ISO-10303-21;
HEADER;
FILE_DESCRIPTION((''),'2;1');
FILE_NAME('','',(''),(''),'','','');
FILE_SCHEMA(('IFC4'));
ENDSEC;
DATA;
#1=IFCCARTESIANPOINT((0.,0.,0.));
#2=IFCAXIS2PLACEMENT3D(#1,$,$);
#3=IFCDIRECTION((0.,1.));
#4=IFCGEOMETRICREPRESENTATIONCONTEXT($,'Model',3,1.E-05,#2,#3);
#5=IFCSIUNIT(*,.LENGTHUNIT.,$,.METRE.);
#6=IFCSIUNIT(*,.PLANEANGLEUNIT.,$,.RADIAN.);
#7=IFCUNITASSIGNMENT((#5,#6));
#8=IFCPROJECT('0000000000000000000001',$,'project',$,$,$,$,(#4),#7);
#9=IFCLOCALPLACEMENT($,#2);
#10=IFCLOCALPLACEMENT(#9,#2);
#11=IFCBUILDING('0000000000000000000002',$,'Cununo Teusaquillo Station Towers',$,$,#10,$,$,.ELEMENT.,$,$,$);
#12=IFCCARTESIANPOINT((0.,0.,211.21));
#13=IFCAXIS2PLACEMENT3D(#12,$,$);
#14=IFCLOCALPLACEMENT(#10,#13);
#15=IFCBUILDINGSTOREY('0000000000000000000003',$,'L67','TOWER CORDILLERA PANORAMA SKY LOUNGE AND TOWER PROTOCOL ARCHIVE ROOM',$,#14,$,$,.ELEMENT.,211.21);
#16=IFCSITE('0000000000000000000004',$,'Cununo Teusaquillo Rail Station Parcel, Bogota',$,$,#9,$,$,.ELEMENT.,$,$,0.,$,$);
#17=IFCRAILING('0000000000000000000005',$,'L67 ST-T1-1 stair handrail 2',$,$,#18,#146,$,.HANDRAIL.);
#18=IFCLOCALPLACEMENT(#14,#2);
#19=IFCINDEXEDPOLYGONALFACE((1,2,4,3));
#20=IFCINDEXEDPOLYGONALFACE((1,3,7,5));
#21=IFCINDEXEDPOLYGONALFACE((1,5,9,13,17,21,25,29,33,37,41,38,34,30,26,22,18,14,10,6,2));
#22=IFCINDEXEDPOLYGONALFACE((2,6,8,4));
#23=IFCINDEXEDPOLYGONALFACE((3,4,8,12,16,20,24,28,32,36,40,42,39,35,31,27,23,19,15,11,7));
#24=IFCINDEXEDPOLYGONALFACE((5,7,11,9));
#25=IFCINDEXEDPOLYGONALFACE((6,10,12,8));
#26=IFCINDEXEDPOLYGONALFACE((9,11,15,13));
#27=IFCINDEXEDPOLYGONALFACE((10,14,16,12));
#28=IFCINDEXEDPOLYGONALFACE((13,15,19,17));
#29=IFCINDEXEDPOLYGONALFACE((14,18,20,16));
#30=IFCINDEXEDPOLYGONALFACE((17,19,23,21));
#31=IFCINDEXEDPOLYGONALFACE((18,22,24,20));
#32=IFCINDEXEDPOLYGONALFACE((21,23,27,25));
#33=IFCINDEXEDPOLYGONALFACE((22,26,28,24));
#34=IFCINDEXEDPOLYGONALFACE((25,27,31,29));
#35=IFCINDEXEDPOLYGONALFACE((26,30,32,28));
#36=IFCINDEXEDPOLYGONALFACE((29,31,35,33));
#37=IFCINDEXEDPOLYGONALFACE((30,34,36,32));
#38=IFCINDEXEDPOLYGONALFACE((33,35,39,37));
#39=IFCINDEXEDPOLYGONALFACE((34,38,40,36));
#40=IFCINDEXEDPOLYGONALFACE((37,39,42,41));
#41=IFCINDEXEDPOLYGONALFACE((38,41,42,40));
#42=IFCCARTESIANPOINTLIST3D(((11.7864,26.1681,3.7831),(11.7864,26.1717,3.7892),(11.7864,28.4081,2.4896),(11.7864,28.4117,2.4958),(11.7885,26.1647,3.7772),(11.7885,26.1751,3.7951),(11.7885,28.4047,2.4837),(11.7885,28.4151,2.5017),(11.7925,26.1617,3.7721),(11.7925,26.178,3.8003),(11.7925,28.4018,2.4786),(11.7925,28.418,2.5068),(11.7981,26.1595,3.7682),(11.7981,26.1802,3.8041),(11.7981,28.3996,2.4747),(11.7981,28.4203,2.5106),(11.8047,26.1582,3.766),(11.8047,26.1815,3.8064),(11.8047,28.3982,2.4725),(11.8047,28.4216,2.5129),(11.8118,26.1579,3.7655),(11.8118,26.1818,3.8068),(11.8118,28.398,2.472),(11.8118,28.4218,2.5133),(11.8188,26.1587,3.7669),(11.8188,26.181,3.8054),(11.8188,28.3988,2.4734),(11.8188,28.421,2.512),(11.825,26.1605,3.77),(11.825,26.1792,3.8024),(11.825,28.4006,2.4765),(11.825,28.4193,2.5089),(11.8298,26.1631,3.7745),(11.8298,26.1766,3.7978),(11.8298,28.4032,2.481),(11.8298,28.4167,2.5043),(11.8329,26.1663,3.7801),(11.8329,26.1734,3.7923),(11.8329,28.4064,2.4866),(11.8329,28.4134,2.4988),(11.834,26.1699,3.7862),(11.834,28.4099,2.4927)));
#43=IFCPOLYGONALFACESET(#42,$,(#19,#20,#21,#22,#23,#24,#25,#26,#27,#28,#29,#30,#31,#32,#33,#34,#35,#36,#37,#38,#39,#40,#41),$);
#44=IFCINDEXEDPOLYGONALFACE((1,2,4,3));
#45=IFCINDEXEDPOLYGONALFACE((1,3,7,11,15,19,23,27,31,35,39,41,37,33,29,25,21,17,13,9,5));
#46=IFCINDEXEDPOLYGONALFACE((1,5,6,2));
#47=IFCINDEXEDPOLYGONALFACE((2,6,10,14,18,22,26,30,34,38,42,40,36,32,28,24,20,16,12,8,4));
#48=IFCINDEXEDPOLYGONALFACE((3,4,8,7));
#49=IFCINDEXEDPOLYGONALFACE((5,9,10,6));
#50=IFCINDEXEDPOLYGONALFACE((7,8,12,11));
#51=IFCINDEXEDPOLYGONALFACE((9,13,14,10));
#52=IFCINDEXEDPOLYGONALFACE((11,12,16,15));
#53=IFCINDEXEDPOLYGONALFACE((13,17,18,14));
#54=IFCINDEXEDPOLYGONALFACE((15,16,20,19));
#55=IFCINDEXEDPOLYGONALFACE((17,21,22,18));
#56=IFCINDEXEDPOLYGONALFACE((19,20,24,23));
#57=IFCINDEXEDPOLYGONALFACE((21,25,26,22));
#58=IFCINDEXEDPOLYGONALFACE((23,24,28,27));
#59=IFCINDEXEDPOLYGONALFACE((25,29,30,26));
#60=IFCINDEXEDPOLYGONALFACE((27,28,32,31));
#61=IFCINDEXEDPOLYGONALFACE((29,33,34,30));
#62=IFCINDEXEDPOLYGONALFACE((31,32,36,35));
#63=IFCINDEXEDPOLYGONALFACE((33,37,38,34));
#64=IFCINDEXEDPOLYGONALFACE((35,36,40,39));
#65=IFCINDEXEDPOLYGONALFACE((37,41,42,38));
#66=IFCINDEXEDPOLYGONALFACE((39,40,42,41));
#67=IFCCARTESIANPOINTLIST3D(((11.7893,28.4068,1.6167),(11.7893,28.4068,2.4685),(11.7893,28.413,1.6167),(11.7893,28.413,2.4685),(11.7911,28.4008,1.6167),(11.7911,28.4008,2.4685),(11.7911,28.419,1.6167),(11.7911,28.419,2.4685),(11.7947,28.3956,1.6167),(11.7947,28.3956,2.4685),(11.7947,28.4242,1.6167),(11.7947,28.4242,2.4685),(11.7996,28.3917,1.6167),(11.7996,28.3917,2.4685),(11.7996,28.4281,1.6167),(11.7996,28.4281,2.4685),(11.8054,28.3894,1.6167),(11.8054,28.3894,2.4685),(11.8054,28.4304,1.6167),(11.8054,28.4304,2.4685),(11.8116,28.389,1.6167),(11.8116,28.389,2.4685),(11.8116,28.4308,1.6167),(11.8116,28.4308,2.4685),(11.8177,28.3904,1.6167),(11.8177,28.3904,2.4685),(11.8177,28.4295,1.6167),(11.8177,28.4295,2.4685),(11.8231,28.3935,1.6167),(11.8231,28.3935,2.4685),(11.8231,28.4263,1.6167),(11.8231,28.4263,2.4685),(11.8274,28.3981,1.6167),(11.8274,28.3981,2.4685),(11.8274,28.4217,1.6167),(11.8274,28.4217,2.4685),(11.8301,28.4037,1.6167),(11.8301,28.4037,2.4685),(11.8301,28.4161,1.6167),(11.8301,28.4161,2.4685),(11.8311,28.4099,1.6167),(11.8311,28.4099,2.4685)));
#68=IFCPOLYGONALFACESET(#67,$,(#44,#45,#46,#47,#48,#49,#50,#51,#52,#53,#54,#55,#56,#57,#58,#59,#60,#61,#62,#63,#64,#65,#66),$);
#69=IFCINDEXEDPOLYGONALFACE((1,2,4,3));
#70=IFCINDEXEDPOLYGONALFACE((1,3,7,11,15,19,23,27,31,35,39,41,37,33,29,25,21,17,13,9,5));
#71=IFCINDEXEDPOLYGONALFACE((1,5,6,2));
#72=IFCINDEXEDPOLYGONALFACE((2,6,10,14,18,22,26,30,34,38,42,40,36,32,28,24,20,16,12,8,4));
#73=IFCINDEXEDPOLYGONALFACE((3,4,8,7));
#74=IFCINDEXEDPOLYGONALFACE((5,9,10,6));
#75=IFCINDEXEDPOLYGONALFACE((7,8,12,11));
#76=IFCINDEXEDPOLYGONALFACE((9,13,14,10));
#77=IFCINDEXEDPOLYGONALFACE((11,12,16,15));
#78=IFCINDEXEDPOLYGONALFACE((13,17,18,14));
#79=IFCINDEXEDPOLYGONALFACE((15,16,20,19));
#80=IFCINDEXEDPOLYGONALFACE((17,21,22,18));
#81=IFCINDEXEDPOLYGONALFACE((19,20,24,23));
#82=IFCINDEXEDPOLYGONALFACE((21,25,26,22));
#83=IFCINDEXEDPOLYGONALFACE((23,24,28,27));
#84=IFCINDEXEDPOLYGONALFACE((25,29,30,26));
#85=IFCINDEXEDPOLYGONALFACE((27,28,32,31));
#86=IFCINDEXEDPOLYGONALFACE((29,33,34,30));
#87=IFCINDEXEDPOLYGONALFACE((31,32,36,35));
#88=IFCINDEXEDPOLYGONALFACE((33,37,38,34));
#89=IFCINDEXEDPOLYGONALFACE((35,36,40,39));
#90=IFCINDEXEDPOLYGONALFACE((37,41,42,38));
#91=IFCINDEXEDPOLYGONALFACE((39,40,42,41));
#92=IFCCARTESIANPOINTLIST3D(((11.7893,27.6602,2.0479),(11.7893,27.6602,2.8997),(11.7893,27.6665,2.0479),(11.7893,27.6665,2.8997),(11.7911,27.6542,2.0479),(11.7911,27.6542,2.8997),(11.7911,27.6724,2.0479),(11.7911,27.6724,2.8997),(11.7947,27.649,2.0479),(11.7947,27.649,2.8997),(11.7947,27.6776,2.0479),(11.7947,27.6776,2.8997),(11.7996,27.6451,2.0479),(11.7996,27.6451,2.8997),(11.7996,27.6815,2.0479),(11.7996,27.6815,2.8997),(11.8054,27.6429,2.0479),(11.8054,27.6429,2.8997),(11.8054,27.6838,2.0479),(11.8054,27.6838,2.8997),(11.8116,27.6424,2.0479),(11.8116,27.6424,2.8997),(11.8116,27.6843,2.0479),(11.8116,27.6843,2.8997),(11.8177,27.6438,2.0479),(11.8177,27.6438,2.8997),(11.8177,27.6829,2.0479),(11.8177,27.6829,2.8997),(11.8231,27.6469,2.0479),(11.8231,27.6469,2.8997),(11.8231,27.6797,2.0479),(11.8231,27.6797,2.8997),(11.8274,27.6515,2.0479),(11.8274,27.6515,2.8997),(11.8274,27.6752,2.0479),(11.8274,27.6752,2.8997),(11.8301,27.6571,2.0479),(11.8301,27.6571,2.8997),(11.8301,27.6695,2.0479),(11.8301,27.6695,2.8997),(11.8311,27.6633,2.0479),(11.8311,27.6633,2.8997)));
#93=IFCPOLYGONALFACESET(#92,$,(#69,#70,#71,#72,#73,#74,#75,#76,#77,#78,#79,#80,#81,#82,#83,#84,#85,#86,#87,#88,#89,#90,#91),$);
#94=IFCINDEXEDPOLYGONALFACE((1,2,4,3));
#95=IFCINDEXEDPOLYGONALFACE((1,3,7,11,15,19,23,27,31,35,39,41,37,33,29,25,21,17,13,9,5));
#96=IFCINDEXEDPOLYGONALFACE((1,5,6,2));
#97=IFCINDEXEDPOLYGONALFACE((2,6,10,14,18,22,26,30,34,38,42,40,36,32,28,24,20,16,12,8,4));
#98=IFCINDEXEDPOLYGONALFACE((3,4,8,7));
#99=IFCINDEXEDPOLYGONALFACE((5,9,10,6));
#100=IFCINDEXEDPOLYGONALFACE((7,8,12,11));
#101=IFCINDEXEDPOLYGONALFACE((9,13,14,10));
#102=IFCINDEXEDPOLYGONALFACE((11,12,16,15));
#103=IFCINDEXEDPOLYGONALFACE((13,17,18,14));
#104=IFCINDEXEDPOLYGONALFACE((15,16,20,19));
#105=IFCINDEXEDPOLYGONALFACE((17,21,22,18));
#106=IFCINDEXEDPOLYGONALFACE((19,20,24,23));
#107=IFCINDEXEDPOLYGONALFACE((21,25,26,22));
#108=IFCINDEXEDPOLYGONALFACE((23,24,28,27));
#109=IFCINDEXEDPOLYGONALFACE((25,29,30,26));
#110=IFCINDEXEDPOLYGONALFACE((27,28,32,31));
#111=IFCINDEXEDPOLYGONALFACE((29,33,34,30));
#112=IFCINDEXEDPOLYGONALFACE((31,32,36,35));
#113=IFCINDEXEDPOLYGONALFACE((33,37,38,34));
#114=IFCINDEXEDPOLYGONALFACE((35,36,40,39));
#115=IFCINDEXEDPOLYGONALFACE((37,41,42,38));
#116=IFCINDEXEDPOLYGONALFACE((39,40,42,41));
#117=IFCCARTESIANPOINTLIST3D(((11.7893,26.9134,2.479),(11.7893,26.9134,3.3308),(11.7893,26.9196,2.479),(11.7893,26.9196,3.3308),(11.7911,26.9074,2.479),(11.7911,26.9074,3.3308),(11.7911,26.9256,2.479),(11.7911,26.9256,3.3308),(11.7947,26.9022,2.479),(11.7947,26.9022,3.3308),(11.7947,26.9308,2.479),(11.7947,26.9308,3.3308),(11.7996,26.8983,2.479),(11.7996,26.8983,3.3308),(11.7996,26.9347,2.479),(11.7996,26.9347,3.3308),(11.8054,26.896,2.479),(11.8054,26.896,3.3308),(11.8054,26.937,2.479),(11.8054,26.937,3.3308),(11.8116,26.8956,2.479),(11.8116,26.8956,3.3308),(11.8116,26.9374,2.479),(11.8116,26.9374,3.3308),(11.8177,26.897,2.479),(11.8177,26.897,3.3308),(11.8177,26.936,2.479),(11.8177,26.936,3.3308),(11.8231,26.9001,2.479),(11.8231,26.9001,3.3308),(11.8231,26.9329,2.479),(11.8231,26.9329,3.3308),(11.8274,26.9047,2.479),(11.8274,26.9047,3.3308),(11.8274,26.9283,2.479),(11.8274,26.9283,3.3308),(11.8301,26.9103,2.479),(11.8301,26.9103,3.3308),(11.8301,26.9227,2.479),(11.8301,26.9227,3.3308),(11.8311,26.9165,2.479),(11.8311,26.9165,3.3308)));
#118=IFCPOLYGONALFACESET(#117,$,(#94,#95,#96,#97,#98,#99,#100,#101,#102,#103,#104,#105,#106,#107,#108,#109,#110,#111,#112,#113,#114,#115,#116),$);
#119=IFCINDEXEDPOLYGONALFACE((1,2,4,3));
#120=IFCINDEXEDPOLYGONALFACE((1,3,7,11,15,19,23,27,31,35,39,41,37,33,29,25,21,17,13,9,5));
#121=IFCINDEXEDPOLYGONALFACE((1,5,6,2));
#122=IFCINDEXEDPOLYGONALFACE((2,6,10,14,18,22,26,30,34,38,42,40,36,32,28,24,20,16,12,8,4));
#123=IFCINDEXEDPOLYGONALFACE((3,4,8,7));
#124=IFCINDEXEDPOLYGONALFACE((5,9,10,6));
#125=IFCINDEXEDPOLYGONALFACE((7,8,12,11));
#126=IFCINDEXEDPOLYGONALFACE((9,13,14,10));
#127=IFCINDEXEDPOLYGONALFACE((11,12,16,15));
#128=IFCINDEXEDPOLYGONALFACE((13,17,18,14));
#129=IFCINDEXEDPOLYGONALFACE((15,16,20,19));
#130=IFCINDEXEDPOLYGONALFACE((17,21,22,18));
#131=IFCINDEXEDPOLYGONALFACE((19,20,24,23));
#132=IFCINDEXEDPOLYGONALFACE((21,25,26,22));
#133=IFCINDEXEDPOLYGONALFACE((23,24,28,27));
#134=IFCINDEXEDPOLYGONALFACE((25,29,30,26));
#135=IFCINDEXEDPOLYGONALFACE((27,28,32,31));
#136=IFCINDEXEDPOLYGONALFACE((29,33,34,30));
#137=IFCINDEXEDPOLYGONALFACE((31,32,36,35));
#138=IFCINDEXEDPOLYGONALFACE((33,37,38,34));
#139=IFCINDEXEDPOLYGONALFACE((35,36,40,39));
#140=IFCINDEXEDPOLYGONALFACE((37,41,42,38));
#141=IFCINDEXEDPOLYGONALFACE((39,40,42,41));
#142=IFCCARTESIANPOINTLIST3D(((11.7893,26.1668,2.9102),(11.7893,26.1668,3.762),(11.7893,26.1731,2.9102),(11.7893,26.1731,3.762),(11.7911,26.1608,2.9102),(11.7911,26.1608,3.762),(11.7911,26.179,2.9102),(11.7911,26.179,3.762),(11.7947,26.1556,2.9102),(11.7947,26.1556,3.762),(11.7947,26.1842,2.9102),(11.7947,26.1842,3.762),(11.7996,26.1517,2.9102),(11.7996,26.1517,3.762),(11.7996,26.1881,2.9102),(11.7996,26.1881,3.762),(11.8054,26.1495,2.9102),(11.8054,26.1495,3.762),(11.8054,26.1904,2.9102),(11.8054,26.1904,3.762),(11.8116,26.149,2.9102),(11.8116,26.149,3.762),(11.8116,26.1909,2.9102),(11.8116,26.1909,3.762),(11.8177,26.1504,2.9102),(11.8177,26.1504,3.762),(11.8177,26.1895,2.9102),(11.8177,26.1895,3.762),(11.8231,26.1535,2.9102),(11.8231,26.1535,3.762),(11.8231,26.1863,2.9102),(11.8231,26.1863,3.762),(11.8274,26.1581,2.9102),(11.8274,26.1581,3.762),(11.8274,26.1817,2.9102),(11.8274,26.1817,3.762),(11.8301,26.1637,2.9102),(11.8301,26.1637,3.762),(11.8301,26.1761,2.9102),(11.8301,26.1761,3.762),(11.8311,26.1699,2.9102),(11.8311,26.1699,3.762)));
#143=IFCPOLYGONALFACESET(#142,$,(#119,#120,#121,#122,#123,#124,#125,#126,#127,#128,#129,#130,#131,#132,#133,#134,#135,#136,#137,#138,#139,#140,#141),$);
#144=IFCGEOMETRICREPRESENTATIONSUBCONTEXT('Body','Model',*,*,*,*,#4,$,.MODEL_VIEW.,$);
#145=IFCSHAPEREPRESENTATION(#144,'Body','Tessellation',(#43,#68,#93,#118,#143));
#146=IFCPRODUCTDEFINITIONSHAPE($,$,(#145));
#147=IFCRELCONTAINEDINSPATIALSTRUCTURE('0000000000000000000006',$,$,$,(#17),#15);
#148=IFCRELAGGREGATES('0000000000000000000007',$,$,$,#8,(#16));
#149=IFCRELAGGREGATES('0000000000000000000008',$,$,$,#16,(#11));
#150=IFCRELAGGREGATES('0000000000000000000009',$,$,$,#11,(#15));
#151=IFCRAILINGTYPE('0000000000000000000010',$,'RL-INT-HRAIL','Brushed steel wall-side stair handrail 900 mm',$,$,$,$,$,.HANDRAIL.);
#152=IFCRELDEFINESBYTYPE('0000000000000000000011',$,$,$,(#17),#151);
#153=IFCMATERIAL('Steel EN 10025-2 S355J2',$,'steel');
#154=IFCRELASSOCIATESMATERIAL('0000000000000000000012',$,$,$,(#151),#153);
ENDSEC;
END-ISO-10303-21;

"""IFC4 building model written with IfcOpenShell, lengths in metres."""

from ifc_helpers import new_model, si_unit, direction, frame, origin, origin_2d, place, context, subcontext, project, spatial, circle, extrude, material, type_object, element, save


model = new_model("IFC4")

# Units and contexts
model_context = context("Model", 3, precision=1e-05, world=origin(), true_north=direction((0.0, 1.0)))
body_context = subcontext(model_context, "Body", "Model", "MODEL_VIEW")
ifc_project = project(units=[si_unit("LENGTHUNIT", "METRE"), si_unit("PLANEANGLEUNIT", "RADIAN")], contexts=[model_context])

# Site, building, storey
site_placement = place(None, origin())
site = spatial("IfcSite", under=ifc_project, at=site_placement, Name="Cununo Teusaquillo Rail Station Parcel, Bogota", CompositionType="ELEMENT", RefElevation=0.0)
building_placement = place(site_placement, origin())
building = spatial("IfcBuilding", under=site, at=building_placement, Name="Cununo Teusaquillo Station Towers", CompositionType="ELEMENT")
storey_placement = place(building_placement, frame((0.0, 0.0, 211.21)))
storey = spatial("IfcBuildingStorey", under=building, at=storey_placement, Name="L67", Description="TOWER CORDILLERA PANORAMA SKY LOUNGE AND TOWER PROTOCOL ARCHIVE ROOM", CompositionType="ELEMENT", Elevation=211.21)

# Railing
ifc_material_1 = material(Name="Steel EN 10025-2 S355J2", Category="steel")
railing_type_1 = type_object("IfcRailingType", Name="RL-INT-HRAIL", Description="Brushed steel wall-side stair handrail 900 mm", PredefinedType="HANDRAIL", material=ifc_material_1)
railing_1_placement = place(storey_placement, frame((11.8101, 28.4099, 1.6167)))
element("IfcRailing", 1, at=railing_1_placement, inside=storey, type_object=railing_type_1, Name="L67 ST-T1-1 stair handrail 2", PredefinedType="HANDRAIL", context=body_context, shape_type="SweptSolid", body=[
    extrude(circle(Radius=0.0239, at=origin_2d()), frame((0.0, 0.0, 0.876), z_axis=(0.0, -0.865992, 0.500057), x_axis=(1.0, 0.0, 0.0)), (0.0, 0.0, 1.0), 2.5867),
    extrude(circle(Radius=0.021, at=origin_2d()), origin(), (0.0, 0.0, 1.0), 0.8518),
    extrude(circle(Radius=0.021, at=origin_2d()), frame((0.0, -0.7466, 0.4312)), (0.0, 0.0, 1.0), 0.8518),
    extrude(circle(Radius=0.021, at=origin_2d()), frame((0.0, -1.4934, 0.8623)), (0.0, 0.0, 1.0), 0.8518),
    extrude(circle(Radius=0.021, at=origin_2d()), frame((0.0, -2.24, 1.2935)), (0.0, 0.0, 1.0), 0.8518),
])

save(model, "model.ifc")
